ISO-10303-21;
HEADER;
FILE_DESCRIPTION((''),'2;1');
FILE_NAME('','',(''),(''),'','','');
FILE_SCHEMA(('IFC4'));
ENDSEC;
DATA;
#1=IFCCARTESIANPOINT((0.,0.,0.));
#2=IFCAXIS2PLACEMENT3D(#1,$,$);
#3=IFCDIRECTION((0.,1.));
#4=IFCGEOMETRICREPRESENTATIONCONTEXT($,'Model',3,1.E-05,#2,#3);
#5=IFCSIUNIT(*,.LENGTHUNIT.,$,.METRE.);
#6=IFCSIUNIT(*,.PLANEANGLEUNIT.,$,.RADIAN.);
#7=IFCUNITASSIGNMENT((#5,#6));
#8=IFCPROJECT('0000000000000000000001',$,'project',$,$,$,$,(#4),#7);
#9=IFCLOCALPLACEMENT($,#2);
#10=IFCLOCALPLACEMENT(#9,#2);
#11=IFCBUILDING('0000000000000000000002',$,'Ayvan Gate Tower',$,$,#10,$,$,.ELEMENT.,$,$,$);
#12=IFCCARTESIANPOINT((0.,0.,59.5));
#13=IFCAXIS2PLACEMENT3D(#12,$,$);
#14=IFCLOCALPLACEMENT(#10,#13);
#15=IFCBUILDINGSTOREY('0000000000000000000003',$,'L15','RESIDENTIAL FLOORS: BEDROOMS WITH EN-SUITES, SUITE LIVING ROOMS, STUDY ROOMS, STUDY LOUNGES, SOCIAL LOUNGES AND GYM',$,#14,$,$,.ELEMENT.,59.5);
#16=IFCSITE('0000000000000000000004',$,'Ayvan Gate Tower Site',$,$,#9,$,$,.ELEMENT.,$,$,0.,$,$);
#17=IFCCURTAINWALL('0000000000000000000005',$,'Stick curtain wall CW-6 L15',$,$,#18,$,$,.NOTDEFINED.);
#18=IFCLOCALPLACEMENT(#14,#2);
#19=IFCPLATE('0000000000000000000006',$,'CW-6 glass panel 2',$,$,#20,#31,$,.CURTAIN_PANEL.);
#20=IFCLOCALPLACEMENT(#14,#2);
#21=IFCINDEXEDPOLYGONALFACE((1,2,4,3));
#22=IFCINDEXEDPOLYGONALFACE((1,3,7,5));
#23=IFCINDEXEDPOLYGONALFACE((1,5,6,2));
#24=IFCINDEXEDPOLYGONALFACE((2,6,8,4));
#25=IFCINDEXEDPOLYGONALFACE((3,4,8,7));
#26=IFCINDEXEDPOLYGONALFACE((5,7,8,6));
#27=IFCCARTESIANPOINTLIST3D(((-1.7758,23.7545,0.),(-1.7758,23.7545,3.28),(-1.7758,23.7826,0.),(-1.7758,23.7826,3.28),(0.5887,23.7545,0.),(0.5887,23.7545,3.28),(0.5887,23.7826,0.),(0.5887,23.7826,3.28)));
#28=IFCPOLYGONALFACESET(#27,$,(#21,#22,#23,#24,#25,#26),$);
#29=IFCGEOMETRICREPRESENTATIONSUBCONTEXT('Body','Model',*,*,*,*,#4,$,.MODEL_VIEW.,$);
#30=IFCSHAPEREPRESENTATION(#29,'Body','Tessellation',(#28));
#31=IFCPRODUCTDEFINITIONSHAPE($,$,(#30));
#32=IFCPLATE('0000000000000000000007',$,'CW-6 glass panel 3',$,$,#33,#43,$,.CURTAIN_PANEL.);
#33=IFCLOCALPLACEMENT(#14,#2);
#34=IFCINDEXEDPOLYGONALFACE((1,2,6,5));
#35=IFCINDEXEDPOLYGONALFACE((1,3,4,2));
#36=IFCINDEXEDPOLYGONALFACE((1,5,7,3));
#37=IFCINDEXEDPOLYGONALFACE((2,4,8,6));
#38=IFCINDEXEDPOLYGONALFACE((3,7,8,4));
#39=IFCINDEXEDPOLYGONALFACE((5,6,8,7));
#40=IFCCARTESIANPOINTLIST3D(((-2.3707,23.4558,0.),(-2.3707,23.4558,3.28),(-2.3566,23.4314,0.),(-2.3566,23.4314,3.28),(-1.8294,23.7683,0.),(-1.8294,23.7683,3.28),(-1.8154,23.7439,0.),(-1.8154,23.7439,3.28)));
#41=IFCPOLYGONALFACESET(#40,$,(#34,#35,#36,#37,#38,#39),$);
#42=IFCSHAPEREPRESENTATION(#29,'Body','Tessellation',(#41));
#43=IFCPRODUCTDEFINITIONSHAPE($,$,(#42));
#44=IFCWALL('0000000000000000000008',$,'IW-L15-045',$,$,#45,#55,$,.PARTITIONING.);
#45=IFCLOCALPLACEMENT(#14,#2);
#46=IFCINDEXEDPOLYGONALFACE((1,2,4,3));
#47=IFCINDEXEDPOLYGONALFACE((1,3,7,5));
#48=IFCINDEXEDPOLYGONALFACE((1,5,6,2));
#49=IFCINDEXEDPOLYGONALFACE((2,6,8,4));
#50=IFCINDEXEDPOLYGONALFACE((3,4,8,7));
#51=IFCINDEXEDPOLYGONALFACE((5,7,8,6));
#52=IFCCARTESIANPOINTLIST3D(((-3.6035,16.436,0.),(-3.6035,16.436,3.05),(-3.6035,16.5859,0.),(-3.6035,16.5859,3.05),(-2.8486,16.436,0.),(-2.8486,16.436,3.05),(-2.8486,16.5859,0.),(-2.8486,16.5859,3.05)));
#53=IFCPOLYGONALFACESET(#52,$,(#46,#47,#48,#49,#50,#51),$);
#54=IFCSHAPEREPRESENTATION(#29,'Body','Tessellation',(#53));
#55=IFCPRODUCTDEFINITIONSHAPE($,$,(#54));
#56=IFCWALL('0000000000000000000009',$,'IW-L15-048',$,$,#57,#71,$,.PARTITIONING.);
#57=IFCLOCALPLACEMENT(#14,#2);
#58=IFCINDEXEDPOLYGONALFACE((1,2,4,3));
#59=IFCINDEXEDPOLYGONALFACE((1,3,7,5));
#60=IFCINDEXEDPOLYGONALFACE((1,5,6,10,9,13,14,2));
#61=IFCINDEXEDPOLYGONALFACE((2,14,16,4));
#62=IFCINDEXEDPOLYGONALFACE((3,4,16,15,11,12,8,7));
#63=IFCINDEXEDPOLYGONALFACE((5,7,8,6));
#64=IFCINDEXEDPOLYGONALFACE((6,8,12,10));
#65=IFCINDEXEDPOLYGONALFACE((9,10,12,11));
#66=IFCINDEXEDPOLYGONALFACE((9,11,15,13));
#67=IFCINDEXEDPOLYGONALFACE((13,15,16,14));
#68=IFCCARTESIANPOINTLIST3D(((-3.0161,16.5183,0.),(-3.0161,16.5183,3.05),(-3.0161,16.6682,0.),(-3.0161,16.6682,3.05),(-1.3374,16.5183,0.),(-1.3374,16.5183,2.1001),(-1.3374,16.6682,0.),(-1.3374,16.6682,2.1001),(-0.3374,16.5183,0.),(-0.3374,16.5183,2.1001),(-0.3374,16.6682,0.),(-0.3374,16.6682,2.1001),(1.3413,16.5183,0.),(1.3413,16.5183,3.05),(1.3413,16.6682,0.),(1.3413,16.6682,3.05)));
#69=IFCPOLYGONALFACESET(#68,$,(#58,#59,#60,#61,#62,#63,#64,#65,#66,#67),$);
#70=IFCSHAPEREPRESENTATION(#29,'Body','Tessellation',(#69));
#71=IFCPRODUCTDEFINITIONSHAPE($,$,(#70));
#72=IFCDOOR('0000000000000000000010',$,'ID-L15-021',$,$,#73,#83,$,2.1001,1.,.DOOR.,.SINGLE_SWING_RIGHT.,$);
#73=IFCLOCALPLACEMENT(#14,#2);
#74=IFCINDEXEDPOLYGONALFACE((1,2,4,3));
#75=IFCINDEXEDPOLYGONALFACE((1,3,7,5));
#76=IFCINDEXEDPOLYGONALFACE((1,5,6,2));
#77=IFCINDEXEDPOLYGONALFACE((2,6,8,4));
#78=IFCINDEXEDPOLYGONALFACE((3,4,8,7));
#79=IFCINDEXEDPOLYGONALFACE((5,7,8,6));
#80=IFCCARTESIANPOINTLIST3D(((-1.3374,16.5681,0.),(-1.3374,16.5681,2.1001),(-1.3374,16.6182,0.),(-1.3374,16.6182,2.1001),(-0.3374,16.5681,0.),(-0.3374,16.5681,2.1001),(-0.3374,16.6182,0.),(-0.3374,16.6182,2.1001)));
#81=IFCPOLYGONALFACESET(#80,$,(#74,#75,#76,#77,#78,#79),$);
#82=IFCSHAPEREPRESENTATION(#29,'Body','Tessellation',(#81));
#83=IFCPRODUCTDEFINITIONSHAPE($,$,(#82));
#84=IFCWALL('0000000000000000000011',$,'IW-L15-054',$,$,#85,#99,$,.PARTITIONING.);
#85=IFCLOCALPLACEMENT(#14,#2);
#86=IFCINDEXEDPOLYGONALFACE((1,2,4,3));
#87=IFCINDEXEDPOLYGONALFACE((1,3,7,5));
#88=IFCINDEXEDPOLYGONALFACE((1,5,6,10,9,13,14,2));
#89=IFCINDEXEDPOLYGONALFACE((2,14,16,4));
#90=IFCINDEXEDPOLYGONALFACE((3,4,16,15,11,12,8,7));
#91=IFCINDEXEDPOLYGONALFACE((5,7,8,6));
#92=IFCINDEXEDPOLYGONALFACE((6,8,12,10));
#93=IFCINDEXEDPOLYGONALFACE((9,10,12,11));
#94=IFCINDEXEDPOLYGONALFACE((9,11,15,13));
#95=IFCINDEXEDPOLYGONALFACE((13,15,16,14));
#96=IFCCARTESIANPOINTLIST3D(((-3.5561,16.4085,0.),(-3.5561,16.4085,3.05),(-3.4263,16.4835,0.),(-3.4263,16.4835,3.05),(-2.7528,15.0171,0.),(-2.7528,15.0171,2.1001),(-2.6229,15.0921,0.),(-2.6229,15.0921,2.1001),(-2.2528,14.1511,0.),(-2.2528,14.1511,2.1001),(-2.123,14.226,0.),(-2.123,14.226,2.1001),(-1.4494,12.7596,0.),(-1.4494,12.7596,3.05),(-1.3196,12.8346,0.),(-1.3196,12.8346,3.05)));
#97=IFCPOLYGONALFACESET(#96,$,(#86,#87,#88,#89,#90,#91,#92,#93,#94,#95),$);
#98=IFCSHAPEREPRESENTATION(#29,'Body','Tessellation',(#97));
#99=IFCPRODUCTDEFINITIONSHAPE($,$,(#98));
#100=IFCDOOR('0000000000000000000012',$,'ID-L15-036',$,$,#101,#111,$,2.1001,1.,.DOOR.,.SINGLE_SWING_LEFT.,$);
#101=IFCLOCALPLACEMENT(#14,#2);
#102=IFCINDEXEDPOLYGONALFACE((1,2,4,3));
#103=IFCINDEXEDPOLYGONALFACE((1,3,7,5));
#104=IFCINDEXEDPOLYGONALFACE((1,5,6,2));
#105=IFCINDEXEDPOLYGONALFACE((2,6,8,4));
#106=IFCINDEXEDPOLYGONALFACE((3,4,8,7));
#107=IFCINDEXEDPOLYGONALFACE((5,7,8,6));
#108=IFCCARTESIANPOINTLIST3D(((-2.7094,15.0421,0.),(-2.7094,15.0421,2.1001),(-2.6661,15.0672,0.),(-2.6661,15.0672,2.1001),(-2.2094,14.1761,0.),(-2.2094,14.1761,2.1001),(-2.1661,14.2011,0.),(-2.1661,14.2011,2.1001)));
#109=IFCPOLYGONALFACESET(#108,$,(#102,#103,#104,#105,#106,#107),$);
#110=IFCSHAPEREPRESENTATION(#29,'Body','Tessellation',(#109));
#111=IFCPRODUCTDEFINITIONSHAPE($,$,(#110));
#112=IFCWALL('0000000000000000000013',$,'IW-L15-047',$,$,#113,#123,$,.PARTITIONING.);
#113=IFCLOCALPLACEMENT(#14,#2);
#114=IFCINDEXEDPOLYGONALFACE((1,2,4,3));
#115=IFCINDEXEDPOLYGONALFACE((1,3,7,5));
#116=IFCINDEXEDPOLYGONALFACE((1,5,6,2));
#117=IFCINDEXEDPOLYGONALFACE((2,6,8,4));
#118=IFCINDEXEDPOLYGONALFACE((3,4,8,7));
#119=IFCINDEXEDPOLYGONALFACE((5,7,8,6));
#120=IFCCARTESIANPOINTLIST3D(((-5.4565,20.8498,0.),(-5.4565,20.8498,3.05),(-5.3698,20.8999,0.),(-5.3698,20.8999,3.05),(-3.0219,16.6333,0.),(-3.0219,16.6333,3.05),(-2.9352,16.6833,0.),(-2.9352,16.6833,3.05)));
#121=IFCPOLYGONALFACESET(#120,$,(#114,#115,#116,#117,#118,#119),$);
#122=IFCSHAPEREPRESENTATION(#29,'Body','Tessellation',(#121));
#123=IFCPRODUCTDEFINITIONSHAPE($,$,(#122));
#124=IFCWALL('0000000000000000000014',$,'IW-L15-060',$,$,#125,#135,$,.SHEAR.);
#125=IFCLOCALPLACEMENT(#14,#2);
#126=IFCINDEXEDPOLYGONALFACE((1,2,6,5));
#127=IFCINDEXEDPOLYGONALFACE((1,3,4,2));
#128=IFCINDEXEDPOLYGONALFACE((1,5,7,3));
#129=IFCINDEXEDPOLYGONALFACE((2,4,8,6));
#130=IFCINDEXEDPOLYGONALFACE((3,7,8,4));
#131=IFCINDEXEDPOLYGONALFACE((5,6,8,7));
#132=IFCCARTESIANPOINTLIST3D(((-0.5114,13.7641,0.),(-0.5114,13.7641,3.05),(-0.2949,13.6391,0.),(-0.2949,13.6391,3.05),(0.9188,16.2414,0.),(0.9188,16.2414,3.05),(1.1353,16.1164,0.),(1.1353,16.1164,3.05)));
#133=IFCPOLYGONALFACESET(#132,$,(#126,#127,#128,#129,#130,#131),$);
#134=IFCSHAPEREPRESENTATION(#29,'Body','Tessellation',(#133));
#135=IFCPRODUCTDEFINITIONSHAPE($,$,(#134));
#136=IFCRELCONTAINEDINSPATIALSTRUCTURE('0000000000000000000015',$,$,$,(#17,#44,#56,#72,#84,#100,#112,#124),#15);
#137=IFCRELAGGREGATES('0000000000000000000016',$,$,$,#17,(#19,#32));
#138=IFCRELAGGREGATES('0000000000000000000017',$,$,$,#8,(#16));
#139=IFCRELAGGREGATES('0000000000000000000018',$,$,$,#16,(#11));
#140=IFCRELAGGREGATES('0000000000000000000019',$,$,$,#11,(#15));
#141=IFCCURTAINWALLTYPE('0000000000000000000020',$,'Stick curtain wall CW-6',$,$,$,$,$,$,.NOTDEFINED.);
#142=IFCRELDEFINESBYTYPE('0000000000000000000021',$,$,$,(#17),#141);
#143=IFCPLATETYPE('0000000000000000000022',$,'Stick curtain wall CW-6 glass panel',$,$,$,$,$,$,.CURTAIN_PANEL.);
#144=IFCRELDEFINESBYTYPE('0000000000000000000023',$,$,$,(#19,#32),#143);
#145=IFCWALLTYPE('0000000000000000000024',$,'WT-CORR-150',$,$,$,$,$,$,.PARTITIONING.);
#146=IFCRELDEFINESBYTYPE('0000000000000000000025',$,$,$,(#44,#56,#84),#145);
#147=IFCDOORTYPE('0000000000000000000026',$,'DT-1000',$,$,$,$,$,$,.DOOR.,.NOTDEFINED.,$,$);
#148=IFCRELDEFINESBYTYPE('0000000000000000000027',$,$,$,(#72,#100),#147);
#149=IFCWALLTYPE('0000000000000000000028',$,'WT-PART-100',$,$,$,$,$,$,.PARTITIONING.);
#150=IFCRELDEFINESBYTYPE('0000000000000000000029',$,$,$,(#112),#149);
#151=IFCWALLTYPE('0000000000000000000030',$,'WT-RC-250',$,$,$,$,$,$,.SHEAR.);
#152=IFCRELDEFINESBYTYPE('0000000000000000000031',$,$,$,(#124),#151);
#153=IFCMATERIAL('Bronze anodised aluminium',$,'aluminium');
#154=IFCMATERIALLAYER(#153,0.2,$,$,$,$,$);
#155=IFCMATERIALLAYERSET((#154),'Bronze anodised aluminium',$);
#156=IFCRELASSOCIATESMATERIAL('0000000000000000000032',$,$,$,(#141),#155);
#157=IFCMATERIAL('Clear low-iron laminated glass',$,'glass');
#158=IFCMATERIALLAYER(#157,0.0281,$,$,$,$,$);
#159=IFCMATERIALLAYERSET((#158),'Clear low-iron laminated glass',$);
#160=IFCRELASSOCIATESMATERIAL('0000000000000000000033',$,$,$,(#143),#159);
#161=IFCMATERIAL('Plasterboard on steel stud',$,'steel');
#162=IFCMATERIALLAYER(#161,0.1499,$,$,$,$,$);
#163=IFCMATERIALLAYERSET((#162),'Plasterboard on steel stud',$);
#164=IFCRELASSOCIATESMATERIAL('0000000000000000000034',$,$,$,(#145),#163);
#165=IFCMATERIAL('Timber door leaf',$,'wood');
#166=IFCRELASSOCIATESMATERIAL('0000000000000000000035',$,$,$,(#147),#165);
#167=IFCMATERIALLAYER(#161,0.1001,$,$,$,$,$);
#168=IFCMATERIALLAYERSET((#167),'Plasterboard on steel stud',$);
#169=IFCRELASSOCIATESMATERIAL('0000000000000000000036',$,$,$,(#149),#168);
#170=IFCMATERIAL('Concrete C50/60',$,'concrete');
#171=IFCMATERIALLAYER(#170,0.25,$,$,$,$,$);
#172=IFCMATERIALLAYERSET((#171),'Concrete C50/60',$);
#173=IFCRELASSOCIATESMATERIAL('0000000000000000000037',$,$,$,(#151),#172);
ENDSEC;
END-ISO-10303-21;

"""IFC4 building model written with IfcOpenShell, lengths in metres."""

from ifc_helpers import new_model, si_unit, direction, frame, frame_2d, origin, origin_2d, place, context, subcontext, project, spatial, rectangle, extrude, material, layer, layer_set, type_object, element, fill, aggregate, save


model = new_model("IFC4")

# Units and contexts
model_context = context("Model", 3, precision=1e-05, world=origin(), true_north=direction((0.0, 1.0)))
body_context = subcontext(model_context, "Body", "Model", "MODEL_VIEW")
ifc_project = project(units=[si_unit("LENGTHUNIT", "METRE"), si_unit("PLANEANGLEUNIT", "RADIAN")], contexts=[model_context])

# Site, building, storey
site_placement = place(None, origin())
site = spatial("IfcSite", under=ifc_project, at=site_placement, Name="Ayvan Gate Tower Site", CompositionType="ELEMENT", RefElevation=0.0)
building_placement = place(site_placement, origin())
building = spatial("IfcBuilding", under=site, at=building_placement, Name="Ayvan Gate Tower", CompositionType="ELEMENT")
storey_placement = place(building_placement, frame((0.0, 0.0, 59.5)))
storey = spatial("IfcBuildingStorey", under=building, at=storey_placement, Name="L15", Description="RESIDENTIAL FLOORS: BEDROOMS WITH EN-SUITES, SUITE LIVING ROOMS, STUDY ROOMS, STUDY LOUNGES, SOCIAL LOUNGES AND GYM", CompositionType="ELEMENT", Elevation=59.5)

# Shared definitions
ifc_material_1 = material(Name="Bronze anodised aluminium", Category="aluminium")

# Curtain wall
ifc_layer_1 = layer(ifc_material_1, 0.2)
ifc_layer_set_1 = layer_set([ifc_layer_1], Name="Bronze anodised aluminium")
curtain_wall_type_1 = type_object("IfcCurtainWallType", Name="Stick curtain wall CW-6", PredefinedType="NOTDEFINED", material=ifc_layer_set_1)
curtain_wall_1_placement = place(storey_placement, origin())
curtain_wall_1 = element("IfcCurtainWall", 1, at=curtain_wall_1_placement, inside=storey, type_object=curtain_wall_type_1, Name="Stick curtain wall CW-6 L15", PredefinedType="NOTDEFINED")

# Plates
ifc_material_2 = material(Name="Clear low-iron laminated glass", Category="glass")
ifc_layer_2 = layer(ifc_material_2, 0.0281)
ifc_layer_set_2 = layer_set([ifc_layer_2], Name="Clear low-iron laminated glass")
plate_type_1 = type_object("IfcPlateType", Name="Stick curtain wall CW-6 glass panel", PredefinedType="CURTAIN_PANEL", material=ifc_layer_set_2)
plate_1_placement = place(storey_placement, frame((-0.5935, 23.7686, 0.0), z_axis=(0.0, 0.0, 1.0), x_axis=(-1.0, 0.0, 0.0)))
plate_1 = element("IfcPlate", 2, at=plate_1_placement, type_object=plate_type_1, Name="CW-6 glass panel 2", PredefinedType="CURTAIN_PANEL", context=body_context, shape_type="SweptSolid", body=[
    extrude(rectangle(XDim=2.3645, YDim=0.0281, at=origin_2d()), origin(), (0.0, 0.0, 1.0), 3.28),
])
plate_2_placement = place(storey_placement, frame((-2.093, 23.5999, 0.0), z_axis=(0.0, 0.0, 1.0), x_axis=(-0.866025, -0.5, 0.0)))
plate_2 = element("IfcPlate", 3, at=plate_2_placement, type_object=plate_type_1, Name="CW-6 glass panel 3", PredefinedType="CURTAIN_PANEL", context=body_context, shape_type="SweptSolid", body=[
    extrude(rectangle(XDim=0.625, YDim=0.0281, at=origin_2d()), origin(), (0.0, 0.0, 1.0), 3.28),
])
aggregate(curtain_wall_1, [plate_1, plate_2])

# Wall
ifc_material_3 = material(Name="Plasterboard on steel stud", Category="steel")
ifc_layer_3 = layer(ifc_material_3, 0.1499)
ifc_layer_set_3 = layer_set([ifc_layer_3], Name="Plasterboard on steel stud")
wall_type_1 = type_object("IfcWallType", Name="WT-CORR-150", PredefinedType="PARTITIONING", material=ifc_layer_set_3)
wall_1_placement = place(storey_placement, frame((-3.6035, 16.511, 0.0), z_axis=(0.0, 0.0, 1.0), x_axis=(1.0, 0.0, 0.0)))
element("IfcWall", 4, at=wall_1_placement, inside=storey, type_object=wall_type_1, Name="IW-L15-045", PredefinedType="PARTITIONING", context=body_context, shape_type="SweptSolid", body=[
    extrude(rectangle(XDim=0.7549, YDim=0.1499, at=frame_2d((0.3774, 0.0))), origin(), (0.0, 0.0, 1.0), 3.05),
])

# Walls, openings, doors
wall_2_placement = place(storey_placement, frame((-3.0161, 16.5933, 0.0), z_axis=(0.0, 0.0, 1.0), x_axis=(1.0, 0.0, 0.0)))
wall_2 = element("IfcWall", 5, at=wall_2_placement, inside=storey, type_object=wall_type_1, Name="IW-L15-048", PredefinedType="PARTITIONING", context=body_context, shape_type="SweptSolid", body=[
    extrude(rectangle(XDim=4.3574, YDim=0.1499, at=frame_2d((2.1787, 0.0))), origin(), (0.0, 0.0, 1.0), 3.05),
])
opening_1_placement = place(wall_2_placement, frame((1.6787, 0.0, 0.0)))
opening_1 = element("IfcOpeningElement", 6, at=opening_1_placement, cuts=wall_2, PredefinedType="OPENING", context=body_context, shape_type="SweptSolid", body=[
    extrude(rectangle(XDim=1.0, YDim=2.1001, at=frame_2d((0.5, 1.05))), frame((0.0, 0.085, 0.0), z_axis=(0.0, -1.0, 0.0), x_axis=(1.0, 0.0, 0.0)), (0.0, 0.0, 1.0), 0.1699),
])
ifc_material_4 = material(Name="Timber door leaf", Category="wood")
door_type_1 = type_object("IfcDoorType", Name="DT-1000", OperationType="NOTDEFINED", PredefinedType="DOOR", material=ifc_material_4)
door_1_placement = place(opening_1_placement, origin())
door_1 = element("IfcDoor", 7, at=door_1_placement, inside=storey, type_object=door_type_1, Name="ID-L15-021", OperationType="SINGLE_SWING_RIGHT", OverallHeight=2.1001, OverallWidth=1.0, PredefinedType="DOOR", context=body_context, shape_type="SweptSolid", body=[
    extrude(rectangle(XDim=1.0, YDim=2.1001, at=frame_2d((0.5, 1.05))), frame((0.0, 0.0249, 0.0), z_axis=(0.0, -1.0, 0.0), x_axis=(1.0, 0.0, 0.0)), (0.0, 0.0, 1.0), 0.05),
])
fill(opening_1, door_1)
wall_3_placement = place(storey_placement, frame((-1.3845, 12.7971, 0.0), z_axis=(0.0, 0.0, 1.0), x_axis=(-0.499997, 0.866027, 0.0)))
wall_3 = element("IfcWall", 8, at=wall_3_placement, inside=storey, type_object=wall_type_1, Name="IW-L15-054", PredefinedType="PARTITIONING", context=body_context, shape_type="SweptSolid", body=[
    extrude(rectangle(XDim=4.2134, YDim=0.1499, at=frame_2d((2.1067, 0.0))), origin(), (0.0, 0.0, 1.0), 3.05),
])
opening_2_placement = place(wall_3_placement, frame((1.6067, 0.0, 0.0)))
opening_2 = element("IfcOpeningElement", 9, at=opening_2_placement, cuts=wall_3, PredefinedType="OPENING", context=body_context, shape_type="SweptSolid", body=[
    extrude(rectangle(XDim=1.0, YDim=2.1001, at=frame_2d((0.5, 1.05))), frame((0.0, 0.085, 0.0), z_axis=(0.0, -1.0, 0.0), x_axis=(1.0, 0.0, 0.0)), (0.0, 0.0, 1.0), 0.1699),
])
door_2_placement = place(opening_2_placement, origin())
door_2 = element("IfcDoor", 10, at=door_2_placement, inside=storey, type_object=door_type_1, Name="ID-L15-036", OperationType="SINGLE_SWING_LEFT", OverallHeight=2.1001, OverallWidth=1.0, PredefinedType="DOOR", context=body_context, shape_type="SweptSolid", body=[
    extrude(rectangle(XDim=1.0, YDim=2.1001, at=frame_2d((0.5, 1.05))), frame((0.0, 0.0249, 0.0), z_axis=(0.0, -1.0, 0.0), x_axis=(1.0, 0.0, 0.0)), (0.0, 0.0, 1.0), 0.05),
])
fill(opening_2, door_2)

# Walls
ifc_layer_4 = layer(ifc_material_3, 0.1001)
ifc_layer_set_4 = layer_set([ifc_layer_4], Name="Plasterboard on steel stud")
wall_type_2 = type_object("IfcWallType", Name="WT-PART-100", PredefinedType="PARTITIONING", material=ifc_layer_set_4)
wall_4_placement = place(storey_placement, frame((-2.9785, 16.6582, 0.0), z_axis=(0.0, 0.0, 1.0), x_axis=(-0.500022, 0.866013, 0.0)))
element("IfcWall", 11, at=wall_4_placement, inside=storey, type_object=wall_type_2, Name="IW-L15-047", PredefinedType="PARTITIONING", context=body_context, shape_type="SweptSolid", body=[
    extrude(rectangle(XDim=4.8689, YDim=0.1001, at=frame_2d((2.4346, 0.0))), origin(), (0.0, 0.0, 1.0), 3.05),
])
ifc_material_5 = material(Name="Concrete C50/60", Category="concrete")
ifc_layer_5 = layer(ifc_material_5, 0.25)
ifc_layer_set_5 = layer_set([ifc_layer_5], Name="Concrete C50/60")
wall_type_3 = type_object("IfcWallType", Name="WT-RC-250", PredefinedType="SHEAR", material=ifc_layer_set_5)
wall_5_placement = place(storey_placement, frame((-0.4031, 13.7017, 0.0), z_axis=(0.0, 0.0, 1.0), x_axis=(0.499976, 0.866039, 0.0)))
element("IfcWall", 12, at=wall_5_placement, inside=storey, type_object=wall_type_3, Name="IW-L15-060", PredefinedType="SHEAR", context=body_context, shape_type="SweptSolid", body=[
    extrude(rectangle(XDim=2.8606, YDim=0.25, at=frame_2d((1.4302, 0.0))), origin(), (0.0, 0.0, 1.0), 3.05),
])

save(model, "model.ifc")
